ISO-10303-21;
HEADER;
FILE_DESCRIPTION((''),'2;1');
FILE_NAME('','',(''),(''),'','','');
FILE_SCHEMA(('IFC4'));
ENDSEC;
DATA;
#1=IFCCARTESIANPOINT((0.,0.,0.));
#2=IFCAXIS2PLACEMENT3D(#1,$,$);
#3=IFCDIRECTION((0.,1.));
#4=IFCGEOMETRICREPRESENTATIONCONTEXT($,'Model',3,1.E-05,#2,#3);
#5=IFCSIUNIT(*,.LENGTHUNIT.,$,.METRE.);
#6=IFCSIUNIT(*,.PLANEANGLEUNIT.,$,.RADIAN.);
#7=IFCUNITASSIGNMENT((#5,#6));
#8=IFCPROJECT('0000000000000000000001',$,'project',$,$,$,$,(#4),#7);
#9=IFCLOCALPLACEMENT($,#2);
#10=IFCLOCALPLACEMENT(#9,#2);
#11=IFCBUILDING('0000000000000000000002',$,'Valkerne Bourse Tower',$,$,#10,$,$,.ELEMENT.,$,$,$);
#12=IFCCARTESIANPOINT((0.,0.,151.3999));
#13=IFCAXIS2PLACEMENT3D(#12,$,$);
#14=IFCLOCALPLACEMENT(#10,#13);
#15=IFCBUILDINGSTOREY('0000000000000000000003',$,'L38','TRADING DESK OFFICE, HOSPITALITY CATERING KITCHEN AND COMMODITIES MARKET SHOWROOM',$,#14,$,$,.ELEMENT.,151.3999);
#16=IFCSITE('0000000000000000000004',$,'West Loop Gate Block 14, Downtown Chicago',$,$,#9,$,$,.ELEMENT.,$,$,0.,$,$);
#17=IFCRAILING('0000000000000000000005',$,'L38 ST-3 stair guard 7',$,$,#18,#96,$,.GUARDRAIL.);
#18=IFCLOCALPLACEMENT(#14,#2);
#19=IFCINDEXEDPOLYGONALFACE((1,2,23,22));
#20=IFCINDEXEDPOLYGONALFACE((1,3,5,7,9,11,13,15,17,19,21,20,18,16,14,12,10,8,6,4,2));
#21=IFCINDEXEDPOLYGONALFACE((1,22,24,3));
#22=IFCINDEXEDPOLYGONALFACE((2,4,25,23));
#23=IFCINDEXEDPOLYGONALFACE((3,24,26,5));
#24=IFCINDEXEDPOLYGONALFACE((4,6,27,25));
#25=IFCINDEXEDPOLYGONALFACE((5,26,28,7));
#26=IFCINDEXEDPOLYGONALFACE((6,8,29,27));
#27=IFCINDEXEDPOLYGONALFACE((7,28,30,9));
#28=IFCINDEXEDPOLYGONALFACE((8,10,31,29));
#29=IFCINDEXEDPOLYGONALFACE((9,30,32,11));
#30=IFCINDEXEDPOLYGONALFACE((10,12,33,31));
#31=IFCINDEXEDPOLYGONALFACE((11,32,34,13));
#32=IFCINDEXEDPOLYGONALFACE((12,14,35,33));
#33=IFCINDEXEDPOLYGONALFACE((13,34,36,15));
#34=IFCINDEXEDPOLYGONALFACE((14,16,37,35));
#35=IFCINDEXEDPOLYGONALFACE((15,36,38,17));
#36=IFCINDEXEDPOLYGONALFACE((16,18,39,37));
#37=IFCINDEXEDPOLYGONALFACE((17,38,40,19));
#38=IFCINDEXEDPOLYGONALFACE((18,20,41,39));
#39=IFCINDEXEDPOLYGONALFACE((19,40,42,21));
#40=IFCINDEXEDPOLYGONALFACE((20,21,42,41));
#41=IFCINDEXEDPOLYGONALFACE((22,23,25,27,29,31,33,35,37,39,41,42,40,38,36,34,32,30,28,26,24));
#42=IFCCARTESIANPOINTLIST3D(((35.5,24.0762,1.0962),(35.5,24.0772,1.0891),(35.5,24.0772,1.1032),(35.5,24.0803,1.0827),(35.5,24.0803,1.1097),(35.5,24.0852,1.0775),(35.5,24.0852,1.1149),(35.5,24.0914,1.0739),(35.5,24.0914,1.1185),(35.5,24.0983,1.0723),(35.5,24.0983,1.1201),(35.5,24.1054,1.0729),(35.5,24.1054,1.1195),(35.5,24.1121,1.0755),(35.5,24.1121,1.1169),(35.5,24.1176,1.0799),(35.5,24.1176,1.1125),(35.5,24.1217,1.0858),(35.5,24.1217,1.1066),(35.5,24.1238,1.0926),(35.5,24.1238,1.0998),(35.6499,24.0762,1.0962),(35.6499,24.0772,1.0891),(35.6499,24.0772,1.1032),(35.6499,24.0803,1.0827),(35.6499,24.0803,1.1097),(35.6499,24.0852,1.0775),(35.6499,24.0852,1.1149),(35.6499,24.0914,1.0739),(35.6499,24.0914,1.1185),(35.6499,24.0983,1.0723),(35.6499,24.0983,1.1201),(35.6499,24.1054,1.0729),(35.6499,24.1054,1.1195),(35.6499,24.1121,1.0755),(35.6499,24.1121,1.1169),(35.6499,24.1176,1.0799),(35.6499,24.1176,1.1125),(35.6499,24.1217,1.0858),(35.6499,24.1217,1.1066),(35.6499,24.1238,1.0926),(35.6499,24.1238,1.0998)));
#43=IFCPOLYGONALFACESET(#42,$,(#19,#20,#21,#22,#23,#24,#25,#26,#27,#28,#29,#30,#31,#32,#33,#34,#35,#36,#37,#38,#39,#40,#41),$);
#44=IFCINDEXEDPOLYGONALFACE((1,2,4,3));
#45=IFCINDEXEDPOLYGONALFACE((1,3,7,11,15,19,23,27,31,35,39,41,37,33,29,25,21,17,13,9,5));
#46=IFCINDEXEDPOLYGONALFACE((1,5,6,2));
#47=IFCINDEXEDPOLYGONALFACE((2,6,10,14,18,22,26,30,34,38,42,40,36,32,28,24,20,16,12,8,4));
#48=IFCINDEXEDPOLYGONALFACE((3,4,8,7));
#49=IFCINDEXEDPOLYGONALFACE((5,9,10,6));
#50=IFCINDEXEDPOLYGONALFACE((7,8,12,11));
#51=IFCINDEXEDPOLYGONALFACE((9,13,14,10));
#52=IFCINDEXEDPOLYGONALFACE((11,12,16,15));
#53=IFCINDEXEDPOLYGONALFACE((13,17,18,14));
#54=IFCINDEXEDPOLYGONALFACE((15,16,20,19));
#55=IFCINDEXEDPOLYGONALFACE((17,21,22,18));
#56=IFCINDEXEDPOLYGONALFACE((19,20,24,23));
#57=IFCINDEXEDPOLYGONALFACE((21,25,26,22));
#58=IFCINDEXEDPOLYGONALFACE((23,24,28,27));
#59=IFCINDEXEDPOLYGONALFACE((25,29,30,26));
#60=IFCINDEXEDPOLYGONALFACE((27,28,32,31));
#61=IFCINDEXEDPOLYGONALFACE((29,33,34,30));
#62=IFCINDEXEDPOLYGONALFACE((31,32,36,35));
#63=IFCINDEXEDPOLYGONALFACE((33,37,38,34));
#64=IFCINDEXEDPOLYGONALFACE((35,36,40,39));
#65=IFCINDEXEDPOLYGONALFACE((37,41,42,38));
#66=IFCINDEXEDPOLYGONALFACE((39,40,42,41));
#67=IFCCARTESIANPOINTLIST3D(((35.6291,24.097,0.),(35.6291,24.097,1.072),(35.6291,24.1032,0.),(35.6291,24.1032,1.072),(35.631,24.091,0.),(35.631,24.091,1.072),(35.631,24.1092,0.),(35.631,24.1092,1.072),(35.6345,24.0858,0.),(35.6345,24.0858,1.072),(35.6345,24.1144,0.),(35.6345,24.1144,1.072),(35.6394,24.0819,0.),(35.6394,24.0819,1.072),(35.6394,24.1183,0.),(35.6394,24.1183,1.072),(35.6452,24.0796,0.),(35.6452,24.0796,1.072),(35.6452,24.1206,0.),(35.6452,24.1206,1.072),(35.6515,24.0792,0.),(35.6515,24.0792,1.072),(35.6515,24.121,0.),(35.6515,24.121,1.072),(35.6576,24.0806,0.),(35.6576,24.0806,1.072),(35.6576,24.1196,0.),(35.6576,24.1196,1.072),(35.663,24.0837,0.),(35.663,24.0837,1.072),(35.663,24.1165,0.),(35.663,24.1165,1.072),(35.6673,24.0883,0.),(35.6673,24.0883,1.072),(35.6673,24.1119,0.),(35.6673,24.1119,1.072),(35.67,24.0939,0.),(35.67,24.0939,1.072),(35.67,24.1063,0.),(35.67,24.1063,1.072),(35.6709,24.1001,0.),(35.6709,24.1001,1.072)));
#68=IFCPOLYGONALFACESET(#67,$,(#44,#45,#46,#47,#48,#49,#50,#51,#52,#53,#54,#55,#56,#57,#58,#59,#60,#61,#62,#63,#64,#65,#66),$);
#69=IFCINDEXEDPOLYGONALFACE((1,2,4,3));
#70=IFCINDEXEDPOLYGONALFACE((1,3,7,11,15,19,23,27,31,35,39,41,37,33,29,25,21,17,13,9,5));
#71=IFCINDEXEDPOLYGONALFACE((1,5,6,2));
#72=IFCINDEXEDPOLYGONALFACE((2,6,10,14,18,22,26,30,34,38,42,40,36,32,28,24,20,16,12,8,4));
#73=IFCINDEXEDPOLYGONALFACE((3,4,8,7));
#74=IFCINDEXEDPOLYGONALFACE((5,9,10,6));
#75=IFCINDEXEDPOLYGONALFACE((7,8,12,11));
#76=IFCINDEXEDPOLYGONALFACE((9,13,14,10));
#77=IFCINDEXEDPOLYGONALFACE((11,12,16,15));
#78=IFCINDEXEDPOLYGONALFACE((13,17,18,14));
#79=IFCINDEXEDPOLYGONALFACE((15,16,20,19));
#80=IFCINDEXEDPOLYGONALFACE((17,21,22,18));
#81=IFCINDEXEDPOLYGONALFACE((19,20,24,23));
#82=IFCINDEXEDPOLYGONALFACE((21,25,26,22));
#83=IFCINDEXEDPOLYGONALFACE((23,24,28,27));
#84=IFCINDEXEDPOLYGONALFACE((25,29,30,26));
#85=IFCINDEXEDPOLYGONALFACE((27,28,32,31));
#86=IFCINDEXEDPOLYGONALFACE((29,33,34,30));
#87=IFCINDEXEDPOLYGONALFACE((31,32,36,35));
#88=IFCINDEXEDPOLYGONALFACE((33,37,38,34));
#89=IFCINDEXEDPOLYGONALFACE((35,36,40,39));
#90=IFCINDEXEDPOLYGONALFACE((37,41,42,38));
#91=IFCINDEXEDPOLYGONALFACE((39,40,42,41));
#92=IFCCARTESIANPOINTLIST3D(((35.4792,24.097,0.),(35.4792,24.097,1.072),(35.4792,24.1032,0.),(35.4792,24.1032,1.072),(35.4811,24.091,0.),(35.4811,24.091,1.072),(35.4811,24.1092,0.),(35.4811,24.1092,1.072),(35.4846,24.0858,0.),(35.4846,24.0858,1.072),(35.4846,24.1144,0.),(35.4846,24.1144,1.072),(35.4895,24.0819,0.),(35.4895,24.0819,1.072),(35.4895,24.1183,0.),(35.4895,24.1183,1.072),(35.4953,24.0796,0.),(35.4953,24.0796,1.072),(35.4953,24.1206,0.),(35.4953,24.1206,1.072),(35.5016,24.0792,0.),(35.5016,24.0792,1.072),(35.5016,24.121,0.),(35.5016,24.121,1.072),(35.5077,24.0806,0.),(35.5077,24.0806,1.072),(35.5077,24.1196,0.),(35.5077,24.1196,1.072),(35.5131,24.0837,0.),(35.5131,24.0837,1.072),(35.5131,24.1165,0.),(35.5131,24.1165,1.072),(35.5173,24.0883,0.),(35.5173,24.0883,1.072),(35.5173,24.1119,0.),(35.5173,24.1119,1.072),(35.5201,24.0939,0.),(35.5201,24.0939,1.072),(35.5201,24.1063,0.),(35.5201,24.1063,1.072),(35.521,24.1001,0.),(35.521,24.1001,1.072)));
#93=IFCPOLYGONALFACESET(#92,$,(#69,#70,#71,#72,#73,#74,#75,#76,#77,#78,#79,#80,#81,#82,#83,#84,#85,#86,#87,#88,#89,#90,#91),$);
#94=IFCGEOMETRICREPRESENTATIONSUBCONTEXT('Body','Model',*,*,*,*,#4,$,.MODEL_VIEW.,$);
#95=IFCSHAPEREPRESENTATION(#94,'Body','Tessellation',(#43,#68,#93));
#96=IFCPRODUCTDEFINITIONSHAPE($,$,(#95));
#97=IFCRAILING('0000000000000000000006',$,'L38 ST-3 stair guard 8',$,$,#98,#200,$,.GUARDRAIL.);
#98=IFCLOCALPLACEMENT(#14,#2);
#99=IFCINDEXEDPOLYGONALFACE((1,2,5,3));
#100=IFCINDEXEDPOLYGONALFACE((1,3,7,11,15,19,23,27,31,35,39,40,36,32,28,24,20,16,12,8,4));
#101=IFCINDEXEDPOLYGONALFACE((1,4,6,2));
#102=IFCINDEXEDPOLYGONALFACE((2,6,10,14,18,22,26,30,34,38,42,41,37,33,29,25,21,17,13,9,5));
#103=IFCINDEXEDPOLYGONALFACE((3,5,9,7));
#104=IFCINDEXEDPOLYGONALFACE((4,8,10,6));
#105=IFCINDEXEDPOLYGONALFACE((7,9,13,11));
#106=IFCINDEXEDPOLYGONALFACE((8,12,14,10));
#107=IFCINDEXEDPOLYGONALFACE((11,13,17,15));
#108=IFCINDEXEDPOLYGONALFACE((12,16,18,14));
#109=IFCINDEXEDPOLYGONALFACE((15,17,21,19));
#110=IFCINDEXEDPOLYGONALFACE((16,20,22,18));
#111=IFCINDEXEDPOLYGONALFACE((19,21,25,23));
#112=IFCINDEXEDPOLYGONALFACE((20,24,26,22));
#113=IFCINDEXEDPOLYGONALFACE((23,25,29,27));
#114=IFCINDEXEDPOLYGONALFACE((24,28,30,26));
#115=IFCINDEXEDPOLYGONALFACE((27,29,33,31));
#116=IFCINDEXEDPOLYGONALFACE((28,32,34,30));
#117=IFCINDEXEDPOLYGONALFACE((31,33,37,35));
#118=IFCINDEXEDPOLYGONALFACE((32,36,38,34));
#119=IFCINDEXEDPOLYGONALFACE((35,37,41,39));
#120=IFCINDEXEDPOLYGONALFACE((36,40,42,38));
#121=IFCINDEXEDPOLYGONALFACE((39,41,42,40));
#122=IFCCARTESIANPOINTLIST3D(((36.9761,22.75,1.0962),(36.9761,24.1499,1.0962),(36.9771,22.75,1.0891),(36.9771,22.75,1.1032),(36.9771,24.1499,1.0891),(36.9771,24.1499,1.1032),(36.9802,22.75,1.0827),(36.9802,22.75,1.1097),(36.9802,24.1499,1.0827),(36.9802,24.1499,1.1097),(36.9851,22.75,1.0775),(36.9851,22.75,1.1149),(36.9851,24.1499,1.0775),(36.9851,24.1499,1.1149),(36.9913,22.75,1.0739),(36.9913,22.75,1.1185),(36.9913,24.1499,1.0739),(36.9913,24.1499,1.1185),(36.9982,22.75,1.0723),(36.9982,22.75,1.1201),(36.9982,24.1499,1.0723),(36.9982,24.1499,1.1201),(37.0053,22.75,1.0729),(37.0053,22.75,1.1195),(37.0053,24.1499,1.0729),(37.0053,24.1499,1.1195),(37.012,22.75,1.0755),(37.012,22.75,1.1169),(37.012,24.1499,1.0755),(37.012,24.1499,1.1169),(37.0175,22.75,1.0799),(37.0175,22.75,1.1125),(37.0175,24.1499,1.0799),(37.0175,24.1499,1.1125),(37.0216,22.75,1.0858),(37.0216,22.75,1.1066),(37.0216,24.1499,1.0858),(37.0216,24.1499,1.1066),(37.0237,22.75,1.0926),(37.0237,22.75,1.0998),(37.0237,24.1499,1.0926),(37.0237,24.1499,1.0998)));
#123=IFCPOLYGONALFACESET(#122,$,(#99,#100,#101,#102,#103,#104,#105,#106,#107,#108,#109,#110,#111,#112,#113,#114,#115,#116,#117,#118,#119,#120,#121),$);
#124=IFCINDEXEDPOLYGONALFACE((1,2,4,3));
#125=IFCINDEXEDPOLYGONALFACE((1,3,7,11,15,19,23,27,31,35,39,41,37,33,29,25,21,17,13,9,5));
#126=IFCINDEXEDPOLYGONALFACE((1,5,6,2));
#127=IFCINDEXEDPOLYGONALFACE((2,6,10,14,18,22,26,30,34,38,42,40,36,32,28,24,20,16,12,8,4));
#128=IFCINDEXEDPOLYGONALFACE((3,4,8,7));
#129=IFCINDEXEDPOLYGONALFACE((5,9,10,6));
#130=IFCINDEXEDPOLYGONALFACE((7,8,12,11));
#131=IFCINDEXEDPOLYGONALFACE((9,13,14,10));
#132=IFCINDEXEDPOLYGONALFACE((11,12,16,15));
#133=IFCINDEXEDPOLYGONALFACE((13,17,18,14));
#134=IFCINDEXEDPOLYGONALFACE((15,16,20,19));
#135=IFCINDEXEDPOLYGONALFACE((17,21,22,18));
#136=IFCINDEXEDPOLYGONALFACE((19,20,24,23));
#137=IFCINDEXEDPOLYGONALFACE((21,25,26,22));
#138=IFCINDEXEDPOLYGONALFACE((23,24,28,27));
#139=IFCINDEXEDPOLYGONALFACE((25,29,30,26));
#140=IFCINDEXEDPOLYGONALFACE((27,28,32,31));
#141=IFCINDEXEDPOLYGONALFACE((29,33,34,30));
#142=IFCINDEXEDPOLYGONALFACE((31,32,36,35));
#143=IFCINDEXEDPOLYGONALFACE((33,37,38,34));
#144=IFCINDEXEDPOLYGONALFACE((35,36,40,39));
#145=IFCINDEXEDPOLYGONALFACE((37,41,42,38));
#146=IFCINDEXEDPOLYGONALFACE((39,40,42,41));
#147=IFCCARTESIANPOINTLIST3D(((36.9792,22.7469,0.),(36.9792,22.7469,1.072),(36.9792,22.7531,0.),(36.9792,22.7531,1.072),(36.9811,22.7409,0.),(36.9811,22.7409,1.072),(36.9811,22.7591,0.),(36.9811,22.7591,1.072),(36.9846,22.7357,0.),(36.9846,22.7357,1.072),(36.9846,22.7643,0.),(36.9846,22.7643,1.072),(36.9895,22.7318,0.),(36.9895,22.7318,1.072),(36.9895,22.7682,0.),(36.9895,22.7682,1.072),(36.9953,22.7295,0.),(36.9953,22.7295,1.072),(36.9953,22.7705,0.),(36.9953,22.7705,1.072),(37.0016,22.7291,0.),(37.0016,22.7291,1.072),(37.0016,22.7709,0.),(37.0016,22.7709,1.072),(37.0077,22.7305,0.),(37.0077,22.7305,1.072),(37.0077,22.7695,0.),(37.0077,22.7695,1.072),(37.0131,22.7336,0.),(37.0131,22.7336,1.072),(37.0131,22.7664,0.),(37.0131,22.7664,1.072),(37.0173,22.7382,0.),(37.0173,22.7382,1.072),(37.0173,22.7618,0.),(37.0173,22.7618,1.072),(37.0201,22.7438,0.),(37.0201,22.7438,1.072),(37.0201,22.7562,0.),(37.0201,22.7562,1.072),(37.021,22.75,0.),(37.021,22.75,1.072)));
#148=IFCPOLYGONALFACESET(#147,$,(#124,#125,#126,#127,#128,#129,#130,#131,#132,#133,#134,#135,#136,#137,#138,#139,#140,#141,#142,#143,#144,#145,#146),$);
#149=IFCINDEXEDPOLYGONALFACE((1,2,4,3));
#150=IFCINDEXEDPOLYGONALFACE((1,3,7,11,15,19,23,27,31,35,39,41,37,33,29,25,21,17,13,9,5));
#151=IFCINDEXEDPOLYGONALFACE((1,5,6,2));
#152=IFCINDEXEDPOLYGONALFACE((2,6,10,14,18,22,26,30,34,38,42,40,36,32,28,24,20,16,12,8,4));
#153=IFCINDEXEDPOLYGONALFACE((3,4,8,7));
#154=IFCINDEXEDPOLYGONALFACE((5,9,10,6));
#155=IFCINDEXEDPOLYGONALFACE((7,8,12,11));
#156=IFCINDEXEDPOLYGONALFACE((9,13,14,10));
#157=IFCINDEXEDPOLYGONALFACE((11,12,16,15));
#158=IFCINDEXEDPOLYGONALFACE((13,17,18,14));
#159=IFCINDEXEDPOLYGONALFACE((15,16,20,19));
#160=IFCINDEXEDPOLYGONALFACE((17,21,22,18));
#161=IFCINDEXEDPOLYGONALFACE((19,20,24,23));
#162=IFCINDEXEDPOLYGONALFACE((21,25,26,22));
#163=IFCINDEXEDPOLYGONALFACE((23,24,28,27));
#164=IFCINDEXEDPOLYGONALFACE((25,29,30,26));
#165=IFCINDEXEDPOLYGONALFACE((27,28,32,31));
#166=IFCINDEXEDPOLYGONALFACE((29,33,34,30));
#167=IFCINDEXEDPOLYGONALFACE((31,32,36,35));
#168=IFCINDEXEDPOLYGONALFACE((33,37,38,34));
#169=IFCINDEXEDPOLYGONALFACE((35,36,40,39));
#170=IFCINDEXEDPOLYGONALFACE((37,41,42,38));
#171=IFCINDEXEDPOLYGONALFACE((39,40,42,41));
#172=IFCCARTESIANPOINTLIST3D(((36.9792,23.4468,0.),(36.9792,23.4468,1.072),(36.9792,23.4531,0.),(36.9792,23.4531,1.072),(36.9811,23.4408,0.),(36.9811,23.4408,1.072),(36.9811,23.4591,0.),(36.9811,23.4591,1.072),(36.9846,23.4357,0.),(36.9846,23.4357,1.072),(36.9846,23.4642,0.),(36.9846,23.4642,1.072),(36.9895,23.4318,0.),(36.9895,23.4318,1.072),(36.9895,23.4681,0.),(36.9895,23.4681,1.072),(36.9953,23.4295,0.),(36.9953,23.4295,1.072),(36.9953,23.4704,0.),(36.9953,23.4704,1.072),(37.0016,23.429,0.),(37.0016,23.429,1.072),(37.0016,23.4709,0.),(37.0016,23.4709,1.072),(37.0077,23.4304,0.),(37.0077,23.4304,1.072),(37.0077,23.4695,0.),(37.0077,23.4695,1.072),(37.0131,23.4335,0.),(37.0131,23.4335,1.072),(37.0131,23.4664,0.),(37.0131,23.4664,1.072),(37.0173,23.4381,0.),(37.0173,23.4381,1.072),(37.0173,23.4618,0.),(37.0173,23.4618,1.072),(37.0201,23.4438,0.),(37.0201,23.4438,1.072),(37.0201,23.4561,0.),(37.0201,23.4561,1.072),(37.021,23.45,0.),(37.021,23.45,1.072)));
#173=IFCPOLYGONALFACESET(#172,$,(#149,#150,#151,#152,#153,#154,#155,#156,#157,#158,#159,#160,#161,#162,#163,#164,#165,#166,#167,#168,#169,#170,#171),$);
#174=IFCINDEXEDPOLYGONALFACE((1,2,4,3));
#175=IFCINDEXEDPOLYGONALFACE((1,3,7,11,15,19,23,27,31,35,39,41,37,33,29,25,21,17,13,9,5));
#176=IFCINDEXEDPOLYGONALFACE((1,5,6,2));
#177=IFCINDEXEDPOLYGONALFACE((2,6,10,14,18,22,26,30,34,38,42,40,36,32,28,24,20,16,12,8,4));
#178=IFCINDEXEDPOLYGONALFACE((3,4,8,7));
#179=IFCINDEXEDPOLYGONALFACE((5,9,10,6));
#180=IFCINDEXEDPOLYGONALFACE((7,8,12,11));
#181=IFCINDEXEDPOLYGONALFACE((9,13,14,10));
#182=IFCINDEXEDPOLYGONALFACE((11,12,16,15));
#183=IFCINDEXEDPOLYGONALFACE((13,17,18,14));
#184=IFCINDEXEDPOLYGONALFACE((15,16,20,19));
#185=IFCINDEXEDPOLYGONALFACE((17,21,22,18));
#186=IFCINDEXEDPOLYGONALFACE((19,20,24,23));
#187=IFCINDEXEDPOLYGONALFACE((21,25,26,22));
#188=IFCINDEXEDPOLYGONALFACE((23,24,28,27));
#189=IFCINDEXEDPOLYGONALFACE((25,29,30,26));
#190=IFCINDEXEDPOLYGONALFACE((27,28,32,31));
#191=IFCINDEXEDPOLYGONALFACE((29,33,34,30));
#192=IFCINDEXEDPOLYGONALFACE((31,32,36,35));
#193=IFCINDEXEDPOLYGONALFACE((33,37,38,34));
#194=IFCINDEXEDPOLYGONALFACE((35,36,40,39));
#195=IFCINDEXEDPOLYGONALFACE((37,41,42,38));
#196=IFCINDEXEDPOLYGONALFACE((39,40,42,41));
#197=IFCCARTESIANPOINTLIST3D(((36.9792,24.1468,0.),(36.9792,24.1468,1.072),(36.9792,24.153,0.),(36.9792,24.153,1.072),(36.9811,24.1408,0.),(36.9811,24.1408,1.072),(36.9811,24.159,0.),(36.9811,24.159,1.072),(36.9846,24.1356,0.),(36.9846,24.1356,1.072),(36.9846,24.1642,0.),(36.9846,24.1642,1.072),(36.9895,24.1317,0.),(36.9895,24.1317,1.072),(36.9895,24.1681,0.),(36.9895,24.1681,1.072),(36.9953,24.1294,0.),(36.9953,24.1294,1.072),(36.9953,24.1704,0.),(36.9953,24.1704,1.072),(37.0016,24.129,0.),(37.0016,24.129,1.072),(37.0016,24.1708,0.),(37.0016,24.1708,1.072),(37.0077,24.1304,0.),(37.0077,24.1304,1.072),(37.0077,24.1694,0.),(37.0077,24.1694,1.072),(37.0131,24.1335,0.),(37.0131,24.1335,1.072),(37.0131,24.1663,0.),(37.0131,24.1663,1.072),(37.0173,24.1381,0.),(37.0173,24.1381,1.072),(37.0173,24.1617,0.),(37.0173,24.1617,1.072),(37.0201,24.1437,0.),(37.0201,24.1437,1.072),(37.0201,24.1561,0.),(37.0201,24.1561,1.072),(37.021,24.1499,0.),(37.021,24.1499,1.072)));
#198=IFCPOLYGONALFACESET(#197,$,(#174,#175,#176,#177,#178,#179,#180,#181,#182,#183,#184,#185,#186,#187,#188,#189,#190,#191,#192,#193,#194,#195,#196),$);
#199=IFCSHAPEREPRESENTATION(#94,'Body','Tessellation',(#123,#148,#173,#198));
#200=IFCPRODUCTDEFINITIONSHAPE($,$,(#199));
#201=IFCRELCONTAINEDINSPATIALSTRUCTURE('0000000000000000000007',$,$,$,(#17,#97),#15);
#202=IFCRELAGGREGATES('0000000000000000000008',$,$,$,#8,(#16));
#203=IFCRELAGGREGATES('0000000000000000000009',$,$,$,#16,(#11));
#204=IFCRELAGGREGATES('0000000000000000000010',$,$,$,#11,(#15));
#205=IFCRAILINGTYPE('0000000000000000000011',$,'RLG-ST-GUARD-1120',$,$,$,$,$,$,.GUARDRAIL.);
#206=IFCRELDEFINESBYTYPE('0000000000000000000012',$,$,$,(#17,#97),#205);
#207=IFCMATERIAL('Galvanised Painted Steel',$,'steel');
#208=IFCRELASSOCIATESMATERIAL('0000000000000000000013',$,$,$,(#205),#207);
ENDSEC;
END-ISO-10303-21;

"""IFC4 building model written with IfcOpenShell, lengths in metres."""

from ifc_helpers import new_model, si_unit, direction, frame, origin, origin_2d, place, context, subcontext, project, spatial, circle, extrude, material, type_object, element, save


model = new_model("IFC4")

# Units and contexts
model_context = context("Model", 3, precision=1e-05, world=origin(), true_north=direction((0.0, 1.0)))
body_context = subcontext(model_context, "Body", "Model", "MODEL_VIEW")
ifc_project = project(units=[si_unit("LENGTHUNIT", "METRE"), si_unit("PLANEANGLEUNIT", "RADIAN")], contexts=[model_context])

# Site, building, storey
site_placement = place(None, origin())
site = spatial("IfcSite", under=ifc_project, at=site_placement, Name="West Loop Gate Block 14, Downtown Chicago", CompositionType="ELEMENT", RefElevation=0.0)
building_placement = place(site_placement, origin())
building = spatial("IfcBuilding", under=site, at=building_placement, Name="Valkerne Bourse Tower", CompositionType="ELEMENT")
storey_placement = place(building_placement, frame((0.0, 0.0, 151.3999)))
storey = spatial("IfcBuildingStorey", under=building, at=storey_placement, Name="L38", Description="TRADING DESK OFFICE, HOSPITALITY CATERING KITCHEN AND COMMODITIES MARKET SHOWROOM", CompositionType="ELEMENT", Elevation=151.3999)

# Railings
ifc_material_1 = material(Name="Galvanised Painted Steel", Category="steel")
railing_type_1 = type_object("IfcRailingType", Name="RLG-ST-GUARD-1120", PredefinedType="GUARDRAIL", material=ifc_material_1)
railing_1_placement = place(storey_placement, frame((35.6499, 24.1001, 0.0)))
element("IfcRailing", 1, at=railing_1_placement, inside=storey, type_object=railing_type_1, Name="L38 ST-3 stair guard 7", PredefinedType="GUARDRAIL", context=body_context, shape_type="SweptSolid", body=[
    extrude(circle(Radius=0.0239, at=origin_2d()), frame((0.0, 0.0, 1.0962), z_axis=(-1.0, 0.0, 0.0), x_axis=(0.0, -1.0, 0.0)), (0.0, 0.0, 1.0), 0.1499),
    extrude(circle(Radius=0.021, at=origin_2d()), origin(), (0.0, 0.0, 1.0), 1.072),
    extrude(circle(Radius=0.021, at=origin_2d()), frame((-0.1499, 0.0, 0.0)), (0.0, 0.0, 1.0), 1.072),
])
for number, where, name in (
    (2, (37.0, 22.75, 0.0), "L38 ST-3 stair guard 8"),
):
    element("IfcRailing", number, at=place(storey_placement, frame(where)), inside=storey, type_object=railing_type_1, Name=name, PredefinedType="GUARDRAIL", context=body_context, shape_type="SweptSolid", body=[
        extrude(circle(Radius=0.0239, at=origin_2d()), frame((0.0, 0.0, 1.0962), z_axis=(0.0, 1.0, 0.0), x_axis=(-1.0, 0.0, 0.0)), (0.0, 0.0, 1.0), 1.3999),
        extrude(circle(Radius=0.021, at=origin_2d()), origin(), (0.0, 0.0, 1.0), 1.072),
        extrude(circle(Radius=0.021, at=origin_2d()), frame((0.0, 0.7, 0.0)), (0.0, 0.0, 1.0), 1.072),
        extrude(circle(Radius=0.021, at=origin_2d()), frame((0.0, 1.3999, 0.0)), (0.0, 0.0, 1.0), 1.072),
    ])

save(model, "model.ifc")
